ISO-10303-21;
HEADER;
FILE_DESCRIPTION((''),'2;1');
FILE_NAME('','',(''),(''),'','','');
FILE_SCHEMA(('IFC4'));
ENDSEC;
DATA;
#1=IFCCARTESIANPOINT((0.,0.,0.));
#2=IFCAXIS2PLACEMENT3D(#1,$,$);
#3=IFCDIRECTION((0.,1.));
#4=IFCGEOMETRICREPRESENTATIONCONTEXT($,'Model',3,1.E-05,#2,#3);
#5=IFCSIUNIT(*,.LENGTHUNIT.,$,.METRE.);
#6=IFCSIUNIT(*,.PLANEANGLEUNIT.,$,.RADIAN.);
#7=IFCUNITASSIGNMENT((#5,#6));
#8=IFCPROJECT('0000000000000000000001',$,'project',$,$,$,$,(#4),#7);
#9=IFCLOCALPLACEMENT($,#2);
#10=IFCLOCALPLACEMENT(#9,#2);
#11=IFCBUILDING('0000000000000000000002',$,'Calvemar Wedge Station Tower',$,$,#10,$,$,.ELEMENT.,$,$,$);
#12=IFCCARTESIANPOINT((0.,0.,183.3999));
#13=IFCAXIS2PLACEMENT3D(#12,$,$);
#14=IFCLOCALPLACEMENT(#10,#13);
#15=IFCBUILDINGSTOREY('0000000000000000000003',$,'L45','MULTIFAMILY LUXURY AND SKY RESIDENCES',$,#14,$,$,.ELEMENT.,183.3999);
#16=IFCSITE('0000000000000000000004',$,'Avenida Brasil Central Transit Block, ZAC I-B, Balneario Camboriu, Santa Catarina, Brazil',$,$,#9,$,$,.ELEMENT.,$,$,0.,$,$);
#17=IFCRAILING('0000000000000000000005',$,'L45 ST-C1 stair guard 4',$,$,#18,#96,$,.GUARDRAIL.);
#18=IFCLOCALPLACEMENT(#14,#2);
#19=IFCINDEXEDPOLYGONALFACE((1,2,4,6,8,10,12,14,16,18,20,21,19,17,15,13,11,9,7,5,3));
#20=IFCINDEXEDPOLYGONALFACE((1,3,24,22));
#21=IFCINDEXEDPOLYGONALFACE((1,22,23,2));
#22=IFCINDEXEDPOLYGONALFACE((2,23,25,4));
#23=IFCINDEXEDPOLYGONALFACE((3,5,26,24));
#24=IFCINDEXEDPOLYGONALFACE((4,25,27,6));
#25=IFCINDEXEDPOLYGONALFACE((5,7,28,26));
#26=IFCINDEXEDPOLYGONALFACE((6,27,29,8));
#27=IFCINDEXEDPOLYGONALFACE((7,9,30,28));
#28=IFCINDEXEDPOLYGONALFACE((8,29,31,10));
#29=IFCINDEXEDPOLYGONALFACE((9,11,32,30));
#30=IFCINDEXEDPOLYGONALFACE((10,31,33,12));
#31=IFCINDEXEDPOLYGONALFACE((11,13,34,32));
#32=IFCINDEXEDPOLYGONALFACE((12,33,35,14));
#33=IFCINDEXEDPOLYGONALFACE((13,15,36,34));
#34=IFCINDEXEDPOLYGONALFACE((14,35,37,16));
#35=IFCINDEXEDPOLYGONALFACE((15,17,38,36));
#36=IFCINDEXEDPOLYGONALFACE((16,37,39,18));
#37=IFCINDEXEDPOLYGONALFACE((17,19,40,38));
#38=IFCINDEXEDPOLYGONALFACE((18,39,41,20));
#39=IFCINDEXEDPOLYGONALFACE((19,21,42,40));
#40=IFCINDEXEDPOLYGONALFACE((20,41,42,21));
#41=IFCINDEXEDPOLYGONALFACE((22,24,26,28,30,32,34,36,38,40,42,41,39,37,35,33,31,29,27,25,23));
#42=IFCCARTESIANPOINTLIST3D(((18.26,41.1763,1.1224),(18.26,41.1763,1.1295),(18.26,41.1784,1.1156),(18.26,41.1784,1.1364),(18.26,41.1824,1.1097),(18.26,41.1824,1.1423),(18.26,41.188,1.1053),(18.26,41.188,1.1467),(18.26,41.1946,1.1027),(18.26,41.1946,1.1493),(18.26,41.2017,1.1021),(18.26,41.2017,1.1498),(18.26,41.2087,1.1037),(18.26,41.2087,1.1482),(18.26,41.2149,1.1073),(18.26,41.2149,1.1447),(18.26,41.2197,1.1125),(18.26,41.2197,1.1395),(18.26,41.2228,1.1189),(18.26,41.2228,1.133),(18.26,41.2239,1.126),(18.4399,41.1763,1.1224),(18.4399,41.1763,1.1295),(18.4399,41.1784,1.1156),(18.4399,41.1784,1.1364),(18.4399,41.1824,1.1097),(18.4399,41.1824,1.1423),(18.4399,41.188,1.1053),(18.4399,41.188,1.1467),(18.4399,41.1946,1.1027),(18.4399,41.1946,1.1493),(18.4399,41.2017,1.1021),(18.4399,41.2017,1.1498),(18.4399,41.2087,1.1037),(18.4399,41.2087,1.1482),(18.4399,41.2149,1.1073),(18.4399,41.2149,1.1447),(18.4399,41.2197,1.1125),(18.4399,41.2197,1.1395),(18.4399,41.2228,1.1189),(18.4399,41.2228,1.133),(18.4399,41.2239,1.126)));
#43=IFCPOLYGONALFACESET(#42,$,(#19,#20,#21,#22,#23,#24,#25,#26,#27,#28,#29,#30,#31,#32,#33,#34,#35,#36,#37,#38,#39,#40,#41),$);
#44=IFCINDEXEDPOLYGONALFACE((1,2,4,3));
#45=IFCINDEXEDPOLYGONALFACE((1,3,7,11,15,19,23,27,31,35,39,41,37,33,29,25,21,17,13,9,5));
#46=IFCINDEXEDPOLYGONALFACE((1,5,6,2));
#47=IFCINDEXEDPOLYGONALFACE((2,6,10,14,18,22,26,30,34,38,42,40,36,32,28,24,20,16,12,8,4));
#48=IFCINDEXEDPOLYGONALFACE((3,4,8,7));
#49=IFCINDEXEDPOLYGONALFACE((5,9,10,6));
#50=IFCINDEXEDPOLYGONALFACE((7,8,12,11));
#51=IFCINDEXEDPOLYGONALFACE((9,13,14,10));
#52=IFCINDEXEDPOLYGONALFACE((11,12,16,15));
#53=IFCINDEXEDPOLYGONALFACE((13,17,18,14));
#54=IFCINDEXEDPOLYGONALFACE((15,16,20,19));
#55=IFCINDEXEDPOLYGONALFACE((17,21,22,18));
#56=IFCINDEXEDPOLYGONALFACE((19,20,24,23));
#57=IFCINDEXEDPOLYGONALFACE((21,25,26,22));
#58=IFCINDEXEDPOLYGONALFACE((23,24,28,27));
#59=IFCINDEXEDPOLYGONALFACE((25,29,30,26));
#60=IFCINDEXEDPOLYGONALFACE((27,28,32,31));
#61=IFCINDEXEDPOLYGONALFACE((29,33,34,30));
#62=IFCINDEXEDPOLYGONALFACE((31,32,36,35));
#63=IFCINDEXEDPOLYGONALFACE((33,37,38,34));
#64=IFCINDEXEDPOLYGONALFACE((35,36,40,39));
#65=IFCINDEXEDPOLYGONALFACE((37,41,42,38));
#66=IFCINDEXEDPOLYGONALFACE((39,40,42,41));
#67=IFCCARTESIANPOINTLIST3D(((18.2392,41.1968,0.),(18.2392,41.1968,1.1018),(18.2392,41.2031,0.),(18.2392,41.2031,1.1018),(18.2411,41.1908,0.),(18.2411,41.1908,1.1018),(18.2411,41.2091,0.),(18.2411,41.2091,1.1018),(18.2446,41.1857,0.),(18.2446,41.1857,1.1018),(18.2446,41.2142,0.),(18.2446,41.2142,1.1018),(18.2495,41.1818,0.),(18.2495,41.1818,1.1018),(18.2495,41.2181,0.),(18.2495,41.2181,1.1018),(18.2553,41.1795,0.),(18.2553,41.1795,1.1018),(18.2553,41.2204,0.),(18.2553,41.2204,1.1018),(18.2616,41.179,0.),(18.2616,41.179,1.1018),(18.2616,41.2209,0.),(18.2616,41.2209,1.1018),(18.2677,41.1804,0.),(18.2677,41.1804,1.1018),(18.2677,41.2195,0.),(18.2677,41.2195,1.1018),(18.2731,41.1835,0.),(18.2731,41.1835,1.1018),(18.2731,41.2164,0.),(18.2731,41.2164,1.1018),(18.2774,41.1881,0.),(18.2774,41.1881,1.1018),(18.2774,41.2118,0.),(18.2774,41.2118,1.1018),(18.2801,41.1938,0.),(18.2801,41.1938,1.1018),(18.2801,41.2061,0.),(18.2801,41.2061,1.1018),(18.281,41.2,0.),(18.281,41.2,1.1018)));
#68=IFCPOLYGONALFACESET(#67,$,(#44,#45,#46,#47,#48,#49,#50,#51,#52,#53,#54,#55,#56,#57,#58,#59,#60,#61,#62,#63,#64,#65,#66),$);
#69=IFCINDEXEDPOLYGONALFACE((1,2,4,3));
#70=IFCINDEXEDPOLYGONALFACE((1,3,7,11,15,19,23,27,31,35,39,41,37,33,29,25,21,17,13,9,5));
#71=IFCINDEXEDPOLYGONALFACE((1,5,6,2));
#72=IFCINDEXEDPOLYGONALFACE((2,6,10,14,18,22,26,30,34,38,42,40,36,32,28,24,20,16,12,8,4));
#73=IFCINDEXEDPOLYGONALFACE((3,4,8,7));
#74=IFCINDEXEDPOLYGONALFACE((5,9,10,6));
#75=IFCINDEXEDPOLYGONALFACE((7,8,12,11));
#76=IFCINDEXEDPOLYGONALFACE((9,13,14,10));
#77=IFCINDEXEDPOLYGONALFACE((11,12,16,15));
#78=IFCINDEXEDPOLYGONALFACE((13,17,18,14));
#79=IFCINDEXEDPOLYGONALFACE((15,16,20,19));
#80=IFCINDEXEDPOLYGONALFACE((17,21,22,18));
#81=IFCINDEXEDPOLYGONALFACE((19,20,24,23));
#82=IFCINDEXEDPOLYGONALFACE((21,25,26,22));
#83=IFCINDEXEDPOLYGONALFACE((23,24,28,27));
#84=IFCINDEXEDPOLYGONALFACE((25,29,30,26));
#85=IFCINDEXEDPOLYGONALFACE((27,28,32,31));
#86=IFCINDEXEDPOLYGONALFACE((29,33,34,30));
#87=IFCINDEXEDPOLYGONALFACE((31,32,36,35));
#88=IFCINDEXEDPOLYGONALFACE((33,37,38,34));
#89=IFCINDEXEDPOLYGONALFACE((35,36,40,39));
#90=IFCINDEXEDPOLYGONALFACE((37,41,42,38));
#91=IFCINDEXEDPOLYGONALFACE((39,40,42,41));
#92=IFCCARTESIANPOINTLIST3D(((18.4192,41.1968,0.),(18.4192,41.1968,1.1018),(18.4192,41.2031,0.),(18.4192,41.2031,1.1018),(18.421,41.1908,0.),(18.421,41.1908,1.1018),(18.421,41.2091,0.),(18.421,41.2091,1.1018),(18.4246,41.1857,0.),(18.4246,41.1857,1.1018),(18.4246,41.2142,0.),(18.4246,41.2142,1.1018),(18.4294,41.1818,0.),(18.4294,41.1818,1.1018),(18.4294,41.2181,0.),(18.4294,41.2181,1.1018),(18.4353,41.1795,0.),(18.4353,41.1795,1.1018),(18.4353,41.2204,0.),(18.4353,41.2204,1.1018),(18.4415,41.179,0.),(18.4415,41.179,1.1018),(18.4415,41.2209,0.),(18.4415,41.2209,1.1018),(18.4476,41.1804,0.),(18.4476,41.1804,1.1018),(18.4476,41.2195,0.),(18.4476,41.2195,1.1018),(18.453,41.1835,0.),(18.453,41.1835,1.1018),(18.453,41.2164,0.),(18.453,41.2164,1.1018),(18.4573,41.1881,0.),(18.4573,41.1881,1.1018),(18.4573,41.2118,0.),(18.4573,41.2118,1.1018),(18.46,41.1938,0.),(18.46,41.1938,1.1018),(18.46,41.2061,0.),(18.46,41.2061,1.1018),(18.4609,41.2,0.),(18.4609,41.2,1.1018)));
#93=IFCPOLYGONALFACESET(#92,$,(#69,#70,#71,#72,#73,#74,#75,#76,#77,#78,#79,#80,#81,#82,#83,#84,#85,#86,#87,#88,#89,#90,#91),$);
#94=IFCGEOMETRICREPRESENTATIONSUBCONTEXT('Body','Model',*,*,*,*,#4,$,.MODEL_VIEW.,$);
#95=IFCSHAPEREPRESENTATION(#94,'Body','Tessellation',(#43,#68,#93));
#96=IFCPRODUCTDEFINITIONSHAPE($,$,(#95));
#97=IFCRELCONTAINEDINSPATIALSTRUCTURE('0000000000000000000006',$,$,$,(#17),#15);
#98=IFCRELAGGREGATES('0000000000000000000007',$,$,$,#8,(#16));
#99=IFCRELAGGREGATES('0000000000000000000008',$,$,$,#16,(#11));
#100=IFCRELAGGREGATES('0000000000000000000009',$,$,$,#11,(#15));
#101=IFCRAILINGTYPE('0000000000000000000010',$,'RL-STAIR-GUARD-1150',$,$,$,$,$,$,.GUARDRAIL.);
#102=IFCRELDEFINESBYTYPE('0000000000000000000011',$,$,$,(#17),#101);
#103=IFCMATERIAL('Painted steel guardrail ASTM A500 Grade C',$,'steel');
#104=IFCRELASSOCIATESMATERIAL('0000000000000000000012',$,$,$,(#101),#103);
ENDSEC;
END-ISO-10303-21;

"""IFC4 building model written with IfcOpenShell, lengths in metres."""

from ifc_helpers import new_model, si_unit, direction, frame, origin, origin_2d, place, context, subcontext, project, spatial, circle, extrude, material, type_object, element, save


model = new_model("IFC4")

# Units and contexts
model_context = context("Model", 3, precision=1e-05, world=origin(), true_north=direction((0.0, 1.0)))
body_context = subcontext(model_context, "Body", "Model", "MODEL_VIEW")
ifc_project = project(units=[si_unit("LENGTHUNIT", "METRE"), si_unit("PLANEANGLEUNIT", "RADIAN")], contexts=[model_context])

# Site, building, storey
site_placement = place(None, origin())
site = spatial("IfcSite", under=ifc_project, at=site_placement, Name="Avenida Brasil Central Transit Block, ZAC I-B, Balneario Camboriu, Santa Catarina, Brazil", CompositionType="ELEMENT", RefElevation=0.0)
building_placement = place(site_placement, origin())
building = spatial("IfcBuilding", under=site, at=building_placement, Name="Calvemar Wedge Station Tower", CompositionType="ELEMENT")
storey_placement = place(building_placement, frame((0.0, 0.0, 183.3999)))
storey = spatial("IfcBuildingStorey", under=building, at=storey_placement, Name="L45", Description="MULTIFAMILY LUXURY AND SKY RESIDENCES", CompositionType="ELEMENT", Elevation=183.3999)

# Railing
ifc_material_1 = material(Name="Painted steel guardrail ASTM A500 Grade C", Category="steel")
railing_type_1 = type_object("IfcRailingType", Name="RL-STAIR-GUARD-1150", PredefinedType="GUARDRAIL", material=ifc_material_1)
railing_1_placement = place(storey_placement, frame((18.26, 41.2, 0.0)))
element("IfcRailing", 1, at=railing_1_placement, inside=storey, type_object=railing_type_1, Name="L45 ST-C1 stair guard 4", PredefinedType="GUARDRAIL", context=body_context, shape_type="SweptSolid", body=[
    extrude(circle(Radius=0.0239, at=origin_2d()), frame((0.0, 0.0, 1.126), z_axis=(1.0, 0.0, 0.0), x_axis=(0.0, 1.0, 0.0)), (0.0, 0.0, 1.0), 0.1799),
    extrude(circle(Radius=0.021, at=origin_2d()), origin(), (0.0, 0.0, 1.0), 1.1018),
    extrude(circle(Radius=0.021, at=origin_2d()), frame((0.1799, 0.0, 0.0)), (0.0, 0.0, 1.0), 1.1018),
])

save(model, "model.ifc")
